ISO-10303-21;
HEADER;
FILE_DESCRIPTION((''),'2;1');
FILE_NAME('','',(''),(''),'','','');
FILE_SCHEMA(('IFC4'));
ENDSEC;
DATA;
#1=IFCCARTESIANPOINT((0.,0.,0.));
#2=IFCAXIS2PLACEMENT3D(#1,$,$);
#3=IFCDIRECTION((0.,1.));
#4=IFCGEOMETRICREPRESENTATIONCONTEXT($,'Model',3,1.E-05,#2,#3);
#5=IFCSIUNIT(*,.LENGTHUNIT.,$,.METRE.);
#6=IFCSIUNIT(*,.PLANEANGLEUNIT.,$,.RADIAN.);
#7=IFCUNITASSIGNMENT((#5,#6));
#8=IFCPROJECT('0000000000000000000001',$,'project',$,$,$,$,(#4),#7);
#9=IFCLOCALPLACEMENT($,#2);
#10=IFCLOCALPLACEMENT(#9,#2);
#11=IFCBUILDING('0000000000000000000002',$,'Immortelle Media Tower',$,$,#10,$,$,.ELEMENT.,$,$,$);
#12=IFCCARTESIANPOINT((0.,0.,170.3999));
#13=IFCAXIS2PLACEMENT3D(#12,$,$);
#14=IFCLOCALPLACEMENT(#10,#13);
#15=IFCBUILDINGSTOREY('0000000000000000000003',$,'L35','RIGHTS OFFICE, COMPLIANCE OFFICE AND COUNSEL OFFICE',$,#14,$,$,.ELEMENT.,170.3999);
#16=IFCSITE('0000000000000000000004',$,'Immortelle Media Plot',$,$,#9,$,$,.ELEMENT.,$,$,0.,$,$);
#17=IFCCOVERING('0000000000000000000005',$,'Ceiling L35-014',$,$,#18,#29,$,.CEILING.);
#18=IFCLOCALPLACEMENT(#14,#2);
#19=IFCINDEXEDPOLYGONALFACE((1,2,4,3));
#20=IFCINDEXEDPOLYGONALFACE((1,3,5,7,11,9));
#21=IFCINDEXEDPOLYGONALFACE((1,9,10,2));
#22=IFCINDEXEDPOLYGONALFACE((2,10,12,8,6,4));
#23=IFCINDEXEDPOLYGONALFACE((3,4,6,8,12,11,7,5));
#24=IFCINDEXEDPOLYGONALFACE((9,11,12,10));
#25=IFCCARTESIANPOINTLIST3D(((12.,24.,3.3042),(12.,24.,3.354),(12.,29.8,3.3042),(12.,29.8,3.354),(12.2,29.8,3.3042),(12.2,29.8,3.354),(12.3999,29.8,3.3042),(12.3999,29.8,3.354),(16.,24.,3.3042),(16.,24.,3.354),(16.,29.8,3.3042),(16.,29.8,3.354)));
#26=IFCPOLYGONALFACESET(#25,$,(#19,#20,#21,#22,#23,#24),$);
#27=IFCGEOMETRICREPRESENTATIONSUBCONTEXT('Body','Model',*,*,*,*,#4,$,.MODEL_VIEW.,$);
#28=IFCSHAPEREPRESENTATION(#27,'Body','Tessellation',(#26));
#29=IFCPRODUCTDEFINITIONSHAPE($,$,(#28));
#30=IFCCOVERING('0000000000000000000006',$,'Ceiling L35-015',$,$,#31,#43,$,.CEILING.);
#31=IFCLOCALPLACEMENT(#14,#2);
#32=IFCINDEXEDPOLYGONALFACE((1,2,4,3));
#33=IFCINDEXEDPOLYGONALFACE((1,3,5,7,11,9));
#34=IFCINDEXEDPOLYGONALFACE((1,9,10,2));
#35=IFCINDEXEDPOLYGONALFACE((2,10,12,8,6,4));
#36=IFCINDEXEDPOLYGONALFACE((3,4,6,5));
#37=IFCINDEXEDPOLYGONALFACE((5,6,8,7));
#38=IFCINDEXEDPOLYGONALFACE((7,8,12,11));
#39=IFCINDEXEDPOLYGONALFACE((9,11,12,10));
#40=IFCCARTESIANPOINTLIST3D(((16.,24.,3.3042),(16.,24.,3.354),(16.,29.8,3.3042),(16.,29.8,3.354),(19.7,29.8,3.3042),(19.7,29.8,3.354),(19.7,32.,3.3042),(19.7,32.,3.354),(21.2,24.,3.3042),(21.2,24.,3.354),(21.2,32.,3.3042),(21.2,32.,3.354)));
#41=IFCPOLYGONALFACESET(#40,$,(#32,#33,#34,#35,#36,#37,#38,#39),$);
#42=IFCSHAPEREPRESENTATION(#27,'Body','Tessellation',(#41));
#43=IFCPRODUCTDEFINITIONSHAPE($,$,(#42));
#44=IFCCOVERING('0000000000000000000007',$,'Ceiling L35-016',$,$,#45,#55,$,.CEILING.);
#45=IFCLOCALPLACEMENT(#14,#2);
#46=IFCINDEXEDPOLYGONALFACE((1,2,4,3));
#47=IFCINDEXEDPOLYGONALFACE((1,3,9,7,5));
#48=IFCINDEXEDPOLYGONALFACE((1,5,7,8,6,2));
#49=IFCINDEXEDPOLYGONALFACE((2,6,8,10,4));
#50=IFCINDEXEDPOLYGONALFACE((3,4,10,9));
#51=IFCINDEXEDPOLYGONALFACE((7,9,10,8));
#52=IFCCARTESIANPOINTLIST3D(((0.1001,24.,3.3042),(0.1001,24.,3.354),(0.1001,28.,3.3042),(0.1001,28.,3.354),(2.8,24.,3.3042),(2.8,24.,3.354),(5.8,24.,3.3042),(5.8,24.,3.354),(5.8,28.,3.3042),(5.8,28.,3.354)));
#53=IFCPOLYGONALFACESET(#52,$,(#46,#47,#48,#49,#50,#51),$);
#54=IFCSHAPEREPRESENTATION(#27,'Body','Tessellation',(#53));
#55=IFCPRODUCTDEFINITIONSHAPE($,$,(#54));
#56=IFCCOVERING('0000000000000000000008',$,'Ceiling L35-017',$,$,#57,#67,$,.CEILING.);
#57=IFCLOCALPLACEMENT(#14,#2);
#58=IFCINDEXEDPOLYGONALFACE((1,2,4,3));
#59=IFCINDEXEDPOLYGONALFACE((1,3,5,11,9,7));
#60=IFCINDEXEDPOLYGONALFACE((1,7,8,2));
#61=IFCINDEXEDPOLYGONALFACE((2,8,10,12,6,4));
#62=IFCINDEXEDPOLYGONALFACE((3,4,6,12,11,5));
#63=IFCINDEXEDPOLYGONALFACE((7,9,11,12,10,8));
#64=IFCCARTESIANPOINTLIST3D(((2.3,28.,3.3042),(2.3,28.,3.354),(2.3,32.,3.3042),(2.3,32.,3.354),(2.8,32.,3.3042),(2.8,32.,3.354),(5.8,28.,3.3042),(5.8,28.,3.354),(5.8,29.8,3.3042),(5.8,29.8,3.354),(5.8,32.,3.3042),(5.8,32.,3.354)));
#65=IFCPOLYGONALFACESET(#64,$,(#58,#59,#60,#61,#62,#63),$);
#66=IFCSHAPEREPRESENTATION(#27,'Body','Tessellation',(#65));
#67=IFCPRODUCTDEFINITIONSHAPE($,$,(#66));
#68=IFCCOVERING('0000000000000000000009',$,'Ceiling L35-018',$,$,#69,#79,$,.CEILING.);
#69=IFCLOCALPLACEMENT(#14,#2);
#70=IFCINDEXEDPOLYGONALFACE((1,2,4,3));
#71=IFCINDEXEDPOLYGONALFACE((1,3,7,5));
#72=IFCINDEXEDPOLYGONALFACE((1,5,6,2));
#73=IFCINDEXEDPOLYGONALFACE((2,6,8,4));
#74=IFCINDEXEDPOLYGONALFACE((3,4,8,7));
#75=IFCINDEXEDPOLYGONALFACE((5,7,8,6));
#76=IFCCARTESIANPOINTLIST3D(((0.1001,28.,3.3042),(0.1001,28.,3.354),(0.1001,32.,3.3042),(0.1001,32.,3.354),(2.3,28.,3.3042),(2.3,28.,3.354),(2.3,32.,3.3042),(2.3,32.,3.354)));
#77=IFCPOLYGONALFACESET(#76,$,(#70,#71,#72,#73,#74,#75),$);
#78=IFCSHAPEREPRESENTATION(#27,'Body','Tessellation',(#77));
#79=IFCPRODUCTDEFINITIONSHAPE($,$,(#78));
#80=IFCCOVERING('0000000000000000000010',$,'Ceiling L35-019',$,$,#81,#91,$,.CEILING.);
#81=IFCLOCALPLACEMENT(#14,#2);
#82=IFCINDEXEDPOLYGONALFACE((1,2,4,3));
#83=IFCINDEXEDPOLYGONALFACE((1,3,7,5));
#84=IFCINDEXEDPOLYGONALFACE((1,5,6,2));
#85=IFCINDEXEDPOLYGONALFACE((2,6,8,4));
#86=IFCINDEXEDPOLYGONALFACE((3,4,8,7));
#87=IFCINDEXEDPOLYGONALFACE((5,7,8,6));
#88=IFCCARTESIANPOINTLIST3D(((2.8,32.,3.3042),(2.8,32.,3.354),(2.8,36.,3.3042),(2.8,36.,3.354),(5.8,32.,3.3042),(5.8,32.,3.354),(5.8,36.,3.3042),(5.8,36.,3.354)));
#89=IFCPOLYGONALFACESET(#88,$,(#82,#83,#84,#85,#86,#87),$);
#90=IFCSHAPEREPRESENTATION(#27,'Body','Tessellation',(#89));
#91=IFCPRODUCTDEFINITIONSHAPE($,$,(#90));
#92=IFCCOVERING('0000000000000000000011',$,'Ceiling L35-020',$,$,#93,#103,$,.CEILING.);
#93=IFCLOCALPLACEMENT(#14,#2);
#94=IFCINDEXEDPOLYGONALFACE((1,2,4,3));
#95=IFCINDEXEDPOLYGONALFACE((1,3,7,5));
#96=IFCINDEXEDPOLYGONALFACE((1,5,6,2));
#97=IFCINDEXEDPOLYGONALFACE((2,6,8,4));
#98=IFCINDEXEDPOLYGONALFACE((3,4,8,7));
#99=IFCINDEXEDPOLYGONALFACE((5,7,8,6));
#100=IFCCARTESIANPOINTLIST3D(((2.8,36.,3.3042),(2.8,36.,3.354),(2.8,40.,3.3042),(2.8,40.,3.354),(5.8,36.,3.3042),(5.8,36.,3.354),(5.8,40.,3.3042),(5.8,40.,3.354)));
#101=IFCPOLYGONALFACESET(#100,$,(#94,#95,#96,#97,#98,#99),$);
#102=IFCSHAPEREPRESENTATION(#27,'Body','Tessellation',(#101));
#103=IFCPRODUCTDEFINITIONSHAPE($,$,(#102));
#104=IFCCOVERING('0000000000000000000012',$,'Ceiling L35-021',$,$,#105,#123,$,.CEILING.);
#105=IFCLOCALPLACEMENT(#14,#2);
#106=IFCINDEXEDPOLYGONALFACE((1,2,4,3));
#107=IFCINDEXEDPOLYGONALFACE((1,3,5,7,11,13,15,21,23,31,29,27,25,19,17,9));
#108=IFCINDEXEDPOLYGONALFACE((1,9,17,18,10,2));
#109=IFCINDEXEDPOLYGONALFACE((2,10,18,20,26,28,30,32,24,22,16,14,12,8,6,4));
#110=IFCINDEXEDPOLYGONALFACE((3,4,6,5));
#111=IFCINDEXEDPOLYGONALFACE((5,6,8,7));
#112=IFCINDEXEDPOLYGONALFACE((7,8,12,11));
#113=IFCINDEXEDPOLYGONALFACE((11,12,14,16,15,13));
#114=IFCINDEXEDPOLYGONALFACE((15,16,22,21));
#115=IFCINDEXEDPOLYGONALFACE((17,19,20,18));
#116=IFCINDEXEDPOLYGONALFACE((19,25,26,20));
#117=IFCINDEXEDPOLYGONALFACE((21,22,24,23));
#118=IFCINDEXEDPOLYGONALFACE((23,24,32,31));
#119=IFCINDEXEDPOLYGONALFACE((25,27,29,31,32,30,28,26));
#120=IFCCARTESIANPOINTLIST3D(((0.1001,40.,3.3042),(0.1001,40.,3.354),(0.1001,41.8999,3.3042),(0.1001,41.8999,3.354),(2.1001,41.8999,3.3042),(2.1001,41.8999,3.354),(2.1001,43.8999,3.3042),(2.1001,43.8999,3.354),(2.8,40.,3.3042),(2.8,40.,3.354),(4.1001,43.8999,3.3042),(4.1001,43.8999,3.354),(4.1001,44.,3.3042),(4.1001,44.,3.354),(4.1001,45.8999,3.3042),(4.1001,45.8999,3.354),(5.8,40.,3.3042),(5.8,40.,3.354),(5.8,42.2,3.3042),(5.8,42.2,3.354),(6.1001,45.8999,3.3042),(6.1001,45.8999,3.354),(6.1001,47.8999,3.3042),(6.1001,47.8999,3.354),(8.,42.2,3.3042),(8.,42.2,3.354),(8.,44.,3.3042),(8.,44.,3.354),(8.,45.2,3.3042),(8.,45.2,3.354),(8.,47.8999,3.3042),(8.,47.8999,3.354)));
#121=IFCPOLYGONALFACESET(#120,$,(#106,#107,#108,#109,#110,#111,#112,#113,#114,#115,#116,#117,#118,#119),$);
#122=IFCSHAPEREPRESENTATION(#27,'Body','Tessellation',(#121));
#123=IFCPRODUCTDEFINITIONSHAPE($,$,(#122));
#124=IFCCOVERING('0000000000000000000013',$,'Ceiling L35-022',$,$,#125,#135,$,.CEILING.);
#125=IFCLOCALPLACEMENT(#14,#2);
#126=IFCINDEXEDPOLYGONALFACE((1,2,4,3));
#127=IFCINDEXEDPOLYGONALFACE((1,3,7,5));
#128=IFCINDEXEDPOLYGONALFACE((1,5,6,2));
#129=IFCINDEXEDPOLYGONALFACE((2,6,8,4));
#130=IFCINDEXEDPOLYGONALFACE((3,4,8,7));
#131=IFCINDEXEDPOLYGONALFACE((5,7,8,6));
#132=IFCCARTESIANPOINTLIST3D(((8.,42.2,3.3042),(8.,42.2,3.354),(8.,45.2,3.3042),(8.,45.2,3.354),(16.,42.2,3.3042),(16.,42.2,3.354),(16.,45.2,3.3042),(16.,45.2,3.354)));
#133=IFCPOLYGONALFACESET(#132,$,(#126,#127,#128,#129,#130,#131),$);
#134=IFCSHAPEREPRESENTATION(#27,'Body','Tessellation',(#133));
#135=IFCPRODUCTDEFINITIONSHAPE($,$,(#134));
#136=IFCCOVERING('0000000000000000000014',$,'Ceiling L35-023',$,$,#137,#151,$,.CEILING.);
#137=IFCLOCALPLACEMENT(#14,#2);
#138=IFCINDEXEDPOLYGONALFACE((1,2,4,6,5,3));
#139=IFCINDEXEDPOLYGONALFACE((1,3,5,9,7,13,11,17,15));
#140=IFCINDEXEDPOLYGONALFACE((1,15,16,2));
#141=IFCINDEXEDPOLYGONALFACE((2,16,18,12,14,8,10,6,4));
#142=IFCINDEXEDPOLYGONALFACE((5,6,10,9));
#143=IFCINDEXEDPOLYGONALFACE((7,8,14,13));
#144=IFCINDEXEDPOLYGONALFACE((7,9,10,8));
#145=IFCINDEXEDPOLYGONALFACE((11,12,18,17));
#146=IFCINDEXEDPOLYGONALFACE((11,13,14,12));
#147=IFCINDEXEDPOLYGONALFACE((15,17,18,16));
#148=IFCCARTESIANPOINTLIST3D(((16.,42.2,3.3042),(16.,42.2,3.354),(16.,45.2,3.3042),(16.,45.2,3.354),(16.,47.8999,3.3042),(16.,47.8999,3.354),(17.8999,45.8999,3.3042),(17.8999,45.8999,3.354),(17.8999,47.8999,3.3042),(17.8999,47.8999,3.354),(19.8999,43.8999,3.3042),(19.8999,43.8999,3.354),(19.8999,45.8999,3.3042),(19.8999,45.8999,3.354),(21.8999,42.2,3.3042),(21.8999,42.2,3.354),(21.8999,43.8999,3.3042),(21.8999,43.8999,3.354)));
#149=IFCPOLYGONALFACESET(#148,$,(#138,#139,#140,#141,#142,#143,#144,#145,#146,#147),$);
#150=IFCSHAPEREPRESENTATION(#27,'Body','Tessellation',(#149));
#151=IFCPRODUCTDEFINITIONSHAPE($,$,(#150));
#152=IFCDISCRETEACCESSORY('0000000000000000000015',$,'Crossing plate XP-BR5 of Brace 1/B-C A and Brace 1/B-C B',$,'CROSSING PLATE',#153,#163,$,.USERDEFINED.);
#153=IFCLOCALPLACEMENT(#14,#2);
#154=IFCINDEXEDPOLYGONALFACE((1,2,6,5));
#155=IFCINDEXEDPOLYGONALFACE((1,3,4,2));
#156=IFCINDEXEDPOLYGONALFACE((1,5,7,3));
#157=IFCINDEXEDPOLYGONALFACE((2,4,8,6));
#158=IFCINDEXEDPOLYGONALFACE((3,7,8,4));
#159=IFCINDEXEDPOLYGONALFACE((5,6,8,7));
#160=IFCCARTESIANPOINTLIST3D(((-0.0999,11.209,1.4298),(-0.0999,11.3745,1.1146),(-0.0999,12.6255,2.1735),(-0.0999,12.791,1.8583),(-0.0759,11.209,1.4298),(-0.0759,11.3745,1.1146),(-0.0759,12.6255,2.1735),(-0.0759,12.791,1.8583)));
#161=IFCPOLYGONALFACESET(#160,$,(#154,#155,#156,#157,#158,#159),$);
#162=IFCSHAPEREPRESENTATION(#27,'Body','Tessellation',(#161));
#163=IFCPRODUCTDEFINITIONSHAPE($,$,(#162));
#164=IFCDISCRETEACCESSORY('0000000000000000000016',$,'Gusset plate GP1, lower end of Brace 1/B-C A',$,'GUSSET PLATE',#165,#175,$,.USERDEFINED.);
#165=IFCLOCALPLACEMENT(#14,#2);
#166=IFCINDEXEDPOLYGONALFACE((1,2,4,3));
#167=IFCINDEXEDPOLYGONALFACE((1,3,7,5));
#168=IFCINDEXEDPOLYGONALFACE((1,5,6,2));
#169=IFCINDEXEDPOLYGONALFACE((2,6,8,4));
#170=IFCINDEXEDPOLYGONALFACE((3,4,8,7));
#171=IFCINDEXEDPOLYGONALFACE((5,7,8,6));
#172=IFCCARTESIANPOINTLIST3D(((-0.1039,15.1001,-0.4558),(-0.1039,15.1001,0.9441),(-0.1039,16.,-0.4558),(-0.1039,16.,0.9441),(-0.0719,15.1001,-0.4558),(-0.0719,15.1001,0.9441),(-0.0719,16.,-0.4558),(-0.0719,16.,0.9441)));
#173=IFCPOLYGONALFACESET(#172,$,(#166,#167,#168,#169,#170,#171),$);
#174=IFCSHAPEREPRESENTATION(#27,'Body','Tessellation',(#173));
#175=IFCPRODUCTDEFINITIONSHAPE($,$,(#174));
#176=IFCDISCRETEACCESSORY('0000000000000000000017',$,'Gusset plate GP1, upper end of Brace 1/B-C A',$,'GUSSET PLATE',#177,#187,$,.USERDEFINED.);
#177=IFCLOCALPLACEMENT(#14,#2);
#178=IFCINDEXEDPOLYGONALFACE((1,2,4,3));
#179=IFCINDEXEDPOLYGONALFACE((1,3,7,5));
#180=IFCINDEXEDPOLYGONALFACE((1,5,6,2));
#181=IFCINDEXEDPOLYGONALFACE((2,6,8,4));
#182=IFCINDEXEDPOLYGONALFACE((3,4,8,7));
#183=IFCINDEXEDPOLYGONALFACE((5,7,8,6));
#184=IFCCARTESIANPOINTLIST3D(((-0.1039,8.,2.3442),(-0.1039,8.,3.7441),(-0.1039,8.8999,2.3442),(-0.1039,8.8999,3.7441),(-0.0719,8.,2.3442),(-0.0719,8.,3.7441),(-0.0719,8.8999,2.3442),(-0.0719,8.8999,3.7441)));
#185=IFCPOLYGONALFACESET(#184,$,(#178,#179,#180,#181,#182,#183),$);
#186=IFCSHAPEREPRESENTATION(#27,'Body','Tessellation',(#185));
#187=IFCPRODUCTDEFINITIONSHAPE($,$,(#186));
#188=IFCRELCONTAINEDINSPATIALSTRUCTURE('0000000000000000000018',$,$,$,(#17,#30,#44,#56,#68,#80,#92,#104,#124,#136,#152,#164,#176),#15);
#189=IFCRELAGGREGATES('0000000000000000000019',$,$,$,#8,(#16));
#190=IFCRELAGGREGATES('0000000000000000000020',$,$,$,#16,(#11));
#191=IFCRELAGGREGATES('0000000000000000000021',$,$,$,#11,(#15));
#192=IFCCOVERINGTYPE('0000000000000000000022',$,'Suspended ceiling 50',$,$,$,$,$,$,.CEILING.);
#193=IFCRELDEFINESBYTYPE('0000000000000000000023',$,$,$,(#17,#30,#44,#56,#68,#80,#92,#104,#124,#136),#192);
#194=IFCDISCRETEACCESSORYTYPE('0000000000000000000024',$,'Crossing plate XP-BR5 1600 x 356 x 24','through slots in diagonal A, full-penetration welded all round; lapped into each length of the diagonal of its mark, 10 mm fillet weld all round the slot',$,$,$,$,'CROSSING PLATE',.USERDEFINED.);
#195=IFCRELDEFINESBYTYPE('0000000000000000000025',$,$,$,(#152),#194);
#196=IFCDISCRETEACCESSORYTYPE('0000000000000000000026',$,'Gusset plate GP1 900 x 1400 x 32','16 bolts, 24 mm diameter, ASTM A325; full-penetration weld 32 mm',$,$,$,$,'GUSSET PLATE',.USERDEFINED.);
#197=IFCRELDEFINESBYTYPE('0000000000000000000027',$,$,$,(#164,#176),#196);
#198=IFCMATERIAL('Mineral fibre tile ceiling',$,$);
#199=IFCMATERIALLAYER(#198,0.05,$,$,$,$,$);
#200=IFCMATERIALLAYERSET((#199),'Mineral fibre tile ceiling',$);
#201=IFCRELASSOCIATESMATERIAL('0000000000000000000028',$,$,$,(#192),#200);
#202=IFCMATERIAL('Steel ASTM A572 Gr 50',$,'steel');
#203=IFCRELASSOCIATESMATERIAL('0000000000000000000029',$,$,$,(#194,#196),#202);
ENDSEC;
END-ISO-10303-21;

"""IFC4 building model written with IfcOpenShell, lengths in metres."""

from ifc_helpers import new_model, si_unit, direction, frame, origin, origin_2d, place, context, subcontext, project, spatial, polyline, rectangle, outline, extrude, material, layer, layer_set, material_profile, profile_set, type_object, element, save


model = new_model("IFC4")

# Units and contexts
model_context = context("Model", 3, precision=1e-05, world=origin(), true_north=direction((0.0, 1.0)))
body_context = subcontext(model_context, "Body", "Model", "MODEL_VIEW")
ifc_project = project(units=[si_unit("LENGTHUNIT", "METRE"), si_unit("PLANEANGLEUNIT", "RADIAN")], contexts=[model_context])

# Site, building, storey
site_placement = place(None, origin())
site = spatial("IfcSite", under=ifc_project, at=site_placement, Name="Immortelle Media Plot", CompositionType="ELEMENT", RefElevation=0.0)
building_placement = place(site_placement, origin())
building = spatial("IfcBuilding", under=site, at=building_placement, Name="Immortelle Media Tower", CompositionType="ELEMENT")
storey_placement = place(building_placement, frame((0.0, 0.0, 170.3999)))
storey = spatial("IfcBuildingStorey", under=building, at=storey_placement, Name="L35", Description="RIGHTS OFFICE, COMPLIANCE OFFICE AND COUNSEL OFFICE", CompositionType="ELEMENT", Elevation=170.3999)

# Coverings
ifc_material_1 = material(Name="Mineral fibre tile ceiling")
ifc_layer = layer(ifc_material_1, 0.05)
ifc_layer_set = layer_set([ifc_layer], Name="Mineral fibre tile ceiling")
covering_type = type_object("IfcCoveringType", Name="Suspended ceiling 50", PredefinedType="CEILING", material=ifc_layer_set)
covering_1_placement = place(storey_placement, frame((0.0, 0.0, 3.3042)))
element("IfcCovering", 1, at=covering_1_placement, inside=storey, type_object=covering_type, Name="Ceiling L35-014", PredefinedType="CEILING", context=body_context, shape_type="SweptSolid", body=[
    extrude(outline(polyline([(12.2, 29.8), (12.3999, 29.8), (16.0, 29.8), (16.0, 24.0), (12.0, 24.0), (12.0, 29.8), (12.2, 29.8)])), origin(), (0.0, 0.0, 1.0), 0.0498),
])
covering_2_placement = place(storey_placement, frame((0.0, 0.0, 3.3042)))
element("IfcCovering", 2, at=covering_2_placement, inside=storey, type_object=covering_type, Name="Ceiling L35-015", PredefinedType="CEILING", context=body_context, shape_type="SweptSolid", body=[
    extrude(outline(polyline([(16.0, 24.0), (16.0, 29.8), (19.7, 29.8), (19.7, 32.0), (21.2, 32.0), (21.2, 24.0), (16.0, 24.0)])), origin(), (0.0, 0.0, 1.0), 0.0498),
])
covering_3_placement = place(storey_placement, frame((0.0, 0.0, 3.3042)))
element("IfcCovering", 3, at=covering_3_placement, inside=storey, type_object=covering_type, Name="Ceiling L35-016", PredefinedType="CEILING", context=body_context, shape_type="SweptSolid", body=[
    extrude(outline(polyline([(5.8, 24.0), (2.8, 24.0), (0.1001, 24.0), (0.1001, 28.0), (5.8, 28.0), (5.8, 24.0)])), origin(), (0.0, 0.0, 1.0), 0.0498),
])
covering_4_placement = place(storey_placement, frame((0.0, 0.0, 3.3042)))
element("IfcCovering", 4, at=covering_4_placement, inside=storey, type_object=covering_type, Name="Ceiling L35-017", PredefinedType="CEILING", context=body_context, shape_type="SweptSolid", body=[
    extrude(outline(polyline([(2.3, 28.0), (2.3, 32.0), (2.8, 32.0), (5.8, 32.0), (5.8, 29.8), (5.8, 28.0), (2.3, 28.0)])), origin(), (0.0, 0.0, 1.0), 0.0498),
])
covering_5_placement = place(storey_placement, frame((0.0, 0.0, 3.3042)))
element("IfcCovering", 5, at=covering_5_placement, inside=storey, type_object=covering_type, Name="Ceiling L35-018", PredefinedType="CEILING", context=body_context, shape_type="SweptSolid", body=[
    extrude(outline(polyline([(0.1001, 28.0), (0.1001, 32.0), (2.3, 32.0), (2.3, 28.0), (0.1001, 28.0)])), origin(), (0.0, 0.0, 1.0), 0.0498),
])
covering_6_placement = place(storey_placement, frame((0.0, 0.0, 3.3042)))
element("IfcCovering", 6, at=covering_6_placement, inside=storey, type_object=covering_type, Name="Ceiling L35-019", PredefinedType="CEILING", context=body_context, shape_type="SweptSolid", body=[
    extrude(outline(polyline([(5.8, 32.0), (2.8, 32.0), (2.8, 36.0), (5.8, 36.0), (5.8, 32.0)])), origin(), (0.0, 0.0, 1.0), 0.0498),
])
covering_7_placement = place(storey_placement, frame((0.0, 0.0, 3.3042)))
element("IfcCovering", 7, at=covering_7_placement, inside=storey, type_object=covering_type, Name="Ceiling L35-020", PredefinedType="CEILING", context=body_context, shape_type="SweptSolid", body=[
    extrude(outline(polyline([(2.8, 40.0), (5.8, 40.0), (5.8, 36.0), (2.8, 36.0), (2.8, 40.0)])), origin(), (0.0, 0.0, 1.0), 0.0498),
])
covering_8_placement = place(storey_placement, frame((0.0, 0.0, 3.3042)))
element("IfcCovering", 8, at=covering_8_placement, inside=storey, type_object=covering_type, Name="Ceiling L35-021", PredefinedType="CEILING", context=body_context, shape_type="SweptSolid", body=[
    extrude(outline(polyline([(2.8, 40.0), (0.1001, 40.0), (0.1001, 41.8999), (2.1001, 41.8999), (2.1001, 43.8999), (4.1001, 43.8999), (4.1001, 44.0), (4.1001, 45.8999), (6.1001, 45.8999), (6.1001, 47.8999), (8.0, 47.8999), (8.0, 45.2), (8.0, 44.0), (8.0, 42.2), (5.8, 42.2), (5.8, 40.0), (2.8, 40.0)])), origin(), (0.0, 0.0, 1.0), 0.0498),
])
covering_9_placement = place(storey_placement, frame((0.0, 0.0, 3.3042)))
element("IfcCovering", 9, at=covering_9_placement, inside=storey, type_object=covering_type, Name="Ceiling L35-022", PredefinedType="CEILING", context=body_context, shape_type="SweptSolid", body=[
    extrude(outline(polyline([(8.0, 42.2), (8.0, 45.2), (16.0, 45.2), (16.0, 42.2), (8.0, 42.2)])), origin(), (0.0, 0.0, 1.0), 0.0498),
])
covering_10_placement = place(storey_placement, frame((0.0, 0.0, 3.3042)))
element("IfcCovering", 10, at=covering_10_placement, inside=storey, type_object=covering_type, Name="Ceiling L35-023", PredefinedType="CEILING", context=body_context, shape_type="SweptSolid", body=[
    extrude(outline(polyline([(17.8999, 45.8999), (19.8999, 45.8999), (19.8999, 43.8999), (21.8999, 43.8999), (21.8999, 42.2), (16.0, 42.2), (16.0, 45.2), (16.0, 47.8999), (17.8999, 47.8999), (17.8999, 45.8999)])), origin(), (0.0, 0.0, 1.0), 0.0498),
])

# Discrete accessories
ifc_material_2 = material(Name="Steel ASTM A572 Gr 50", Category="steel")
ifc_material_profile_1 = material_profile(ifc_material_2, rectangle(XDim=0.0239, YDim=0.356, at=origin_2d()), Name="PL 24 x 356")
ifc_profile_set_1 = profile_set([ifc_material_profile_1], Name="Steel ASTM A572 Gr 50")
discrete_accessory_type_1 = type_object("IfcDiscreteAccessoryType", Name="Crossing plate XP-BR5 1600 x 356 x 24", Description="through slots in diagonal A, full-penetration welded all round; lapped into each length of the diagonal of its mark, 10 mm fillet weld all round the slot", ElementType="CROSSING PLATE", PredefinedType="USERDEFINED", material=ifc_profile_set_1)
discrete_accessory_placement = place(storey_placement, frame((-0.0879, 12.7083, 2.0159), z_axis=(0.0, -0.885401, -0.464828), x_axis=(1.0, 0.0, 0.0)))
element("IfcDiscreteAccessory", 11, at=discrete_accessory_placement, inside=storey, type_object=discrete_accessory_type_1, Name="Crossing plate XP-BR5 of Brace 1/B-C A and Brace 1/B-C B", ObjectType="CROSSING PLATE", PredefinedType="USERDEFINED", context=body_context, shape_type="SweptSolid", body=[
    extrude(rectangle(XDim=0.0239, YDim=0.356, at=origin_2d()), origin(), (0.0, 0.0, 1.0), 1.5999),
])
ifc_material_profile_2 = material_profile(ifc_material_2, rectangle(XDim=0.032, YDim=1.3999, at=origin_2d()), Name="PL 32 x 1400")
ifc_profile_set_2 = profile_set([ifc_material_profile_2], Name="Steel ASTM A572 Gr 50")
discrete_accessory_type_2 = type_object("IfcDiscreteAccessoryType", Name="Gusset plate GP1 900 x 1400 x 32", Description="16 bolts, 24 mm diameter, ASTM A325; full-penetration weld 32 mm", ElementType="GUSSET PLATE", PredefinedType="USERDEFINED", material=ifc_profile_set_2)
for number, where, z_axis, x_axis, name in (
    (12, (-0.0879, 16.0, 0.2441), (0.0, -1.0, 0.0), (1.0, 0.0, 0.0), "Gusset plate GP1, lower end of Brace 1/B-C A"),
    (13, (-0.0879, 8.0, 3.0442), (0.0, 1.0, 0.0), (-1.0, 0.0, 0.0), "Gusset plate GP1, upper end of Brace 1/B-C A"),
):
    element("IfcDiscreteAccessory", number, at=place(storey_placement, frame(where, z_axis=z_axis, x_axis=x_axis)), inside=storey, type_object=discrete_accessory_type_2, Name=name, ObjectType="GUSSET PLATE", PredefinedType="USERDEFINED", context=body_context, shape_type="SweptSolid", body=[
        extrude(rectangle(XDim=0.032, YDim=1.3999, at=origin_2d()), origin(), (0.0, 0.0, 1.0), 0.8999),
    ])

save(model, "model.ifc")
